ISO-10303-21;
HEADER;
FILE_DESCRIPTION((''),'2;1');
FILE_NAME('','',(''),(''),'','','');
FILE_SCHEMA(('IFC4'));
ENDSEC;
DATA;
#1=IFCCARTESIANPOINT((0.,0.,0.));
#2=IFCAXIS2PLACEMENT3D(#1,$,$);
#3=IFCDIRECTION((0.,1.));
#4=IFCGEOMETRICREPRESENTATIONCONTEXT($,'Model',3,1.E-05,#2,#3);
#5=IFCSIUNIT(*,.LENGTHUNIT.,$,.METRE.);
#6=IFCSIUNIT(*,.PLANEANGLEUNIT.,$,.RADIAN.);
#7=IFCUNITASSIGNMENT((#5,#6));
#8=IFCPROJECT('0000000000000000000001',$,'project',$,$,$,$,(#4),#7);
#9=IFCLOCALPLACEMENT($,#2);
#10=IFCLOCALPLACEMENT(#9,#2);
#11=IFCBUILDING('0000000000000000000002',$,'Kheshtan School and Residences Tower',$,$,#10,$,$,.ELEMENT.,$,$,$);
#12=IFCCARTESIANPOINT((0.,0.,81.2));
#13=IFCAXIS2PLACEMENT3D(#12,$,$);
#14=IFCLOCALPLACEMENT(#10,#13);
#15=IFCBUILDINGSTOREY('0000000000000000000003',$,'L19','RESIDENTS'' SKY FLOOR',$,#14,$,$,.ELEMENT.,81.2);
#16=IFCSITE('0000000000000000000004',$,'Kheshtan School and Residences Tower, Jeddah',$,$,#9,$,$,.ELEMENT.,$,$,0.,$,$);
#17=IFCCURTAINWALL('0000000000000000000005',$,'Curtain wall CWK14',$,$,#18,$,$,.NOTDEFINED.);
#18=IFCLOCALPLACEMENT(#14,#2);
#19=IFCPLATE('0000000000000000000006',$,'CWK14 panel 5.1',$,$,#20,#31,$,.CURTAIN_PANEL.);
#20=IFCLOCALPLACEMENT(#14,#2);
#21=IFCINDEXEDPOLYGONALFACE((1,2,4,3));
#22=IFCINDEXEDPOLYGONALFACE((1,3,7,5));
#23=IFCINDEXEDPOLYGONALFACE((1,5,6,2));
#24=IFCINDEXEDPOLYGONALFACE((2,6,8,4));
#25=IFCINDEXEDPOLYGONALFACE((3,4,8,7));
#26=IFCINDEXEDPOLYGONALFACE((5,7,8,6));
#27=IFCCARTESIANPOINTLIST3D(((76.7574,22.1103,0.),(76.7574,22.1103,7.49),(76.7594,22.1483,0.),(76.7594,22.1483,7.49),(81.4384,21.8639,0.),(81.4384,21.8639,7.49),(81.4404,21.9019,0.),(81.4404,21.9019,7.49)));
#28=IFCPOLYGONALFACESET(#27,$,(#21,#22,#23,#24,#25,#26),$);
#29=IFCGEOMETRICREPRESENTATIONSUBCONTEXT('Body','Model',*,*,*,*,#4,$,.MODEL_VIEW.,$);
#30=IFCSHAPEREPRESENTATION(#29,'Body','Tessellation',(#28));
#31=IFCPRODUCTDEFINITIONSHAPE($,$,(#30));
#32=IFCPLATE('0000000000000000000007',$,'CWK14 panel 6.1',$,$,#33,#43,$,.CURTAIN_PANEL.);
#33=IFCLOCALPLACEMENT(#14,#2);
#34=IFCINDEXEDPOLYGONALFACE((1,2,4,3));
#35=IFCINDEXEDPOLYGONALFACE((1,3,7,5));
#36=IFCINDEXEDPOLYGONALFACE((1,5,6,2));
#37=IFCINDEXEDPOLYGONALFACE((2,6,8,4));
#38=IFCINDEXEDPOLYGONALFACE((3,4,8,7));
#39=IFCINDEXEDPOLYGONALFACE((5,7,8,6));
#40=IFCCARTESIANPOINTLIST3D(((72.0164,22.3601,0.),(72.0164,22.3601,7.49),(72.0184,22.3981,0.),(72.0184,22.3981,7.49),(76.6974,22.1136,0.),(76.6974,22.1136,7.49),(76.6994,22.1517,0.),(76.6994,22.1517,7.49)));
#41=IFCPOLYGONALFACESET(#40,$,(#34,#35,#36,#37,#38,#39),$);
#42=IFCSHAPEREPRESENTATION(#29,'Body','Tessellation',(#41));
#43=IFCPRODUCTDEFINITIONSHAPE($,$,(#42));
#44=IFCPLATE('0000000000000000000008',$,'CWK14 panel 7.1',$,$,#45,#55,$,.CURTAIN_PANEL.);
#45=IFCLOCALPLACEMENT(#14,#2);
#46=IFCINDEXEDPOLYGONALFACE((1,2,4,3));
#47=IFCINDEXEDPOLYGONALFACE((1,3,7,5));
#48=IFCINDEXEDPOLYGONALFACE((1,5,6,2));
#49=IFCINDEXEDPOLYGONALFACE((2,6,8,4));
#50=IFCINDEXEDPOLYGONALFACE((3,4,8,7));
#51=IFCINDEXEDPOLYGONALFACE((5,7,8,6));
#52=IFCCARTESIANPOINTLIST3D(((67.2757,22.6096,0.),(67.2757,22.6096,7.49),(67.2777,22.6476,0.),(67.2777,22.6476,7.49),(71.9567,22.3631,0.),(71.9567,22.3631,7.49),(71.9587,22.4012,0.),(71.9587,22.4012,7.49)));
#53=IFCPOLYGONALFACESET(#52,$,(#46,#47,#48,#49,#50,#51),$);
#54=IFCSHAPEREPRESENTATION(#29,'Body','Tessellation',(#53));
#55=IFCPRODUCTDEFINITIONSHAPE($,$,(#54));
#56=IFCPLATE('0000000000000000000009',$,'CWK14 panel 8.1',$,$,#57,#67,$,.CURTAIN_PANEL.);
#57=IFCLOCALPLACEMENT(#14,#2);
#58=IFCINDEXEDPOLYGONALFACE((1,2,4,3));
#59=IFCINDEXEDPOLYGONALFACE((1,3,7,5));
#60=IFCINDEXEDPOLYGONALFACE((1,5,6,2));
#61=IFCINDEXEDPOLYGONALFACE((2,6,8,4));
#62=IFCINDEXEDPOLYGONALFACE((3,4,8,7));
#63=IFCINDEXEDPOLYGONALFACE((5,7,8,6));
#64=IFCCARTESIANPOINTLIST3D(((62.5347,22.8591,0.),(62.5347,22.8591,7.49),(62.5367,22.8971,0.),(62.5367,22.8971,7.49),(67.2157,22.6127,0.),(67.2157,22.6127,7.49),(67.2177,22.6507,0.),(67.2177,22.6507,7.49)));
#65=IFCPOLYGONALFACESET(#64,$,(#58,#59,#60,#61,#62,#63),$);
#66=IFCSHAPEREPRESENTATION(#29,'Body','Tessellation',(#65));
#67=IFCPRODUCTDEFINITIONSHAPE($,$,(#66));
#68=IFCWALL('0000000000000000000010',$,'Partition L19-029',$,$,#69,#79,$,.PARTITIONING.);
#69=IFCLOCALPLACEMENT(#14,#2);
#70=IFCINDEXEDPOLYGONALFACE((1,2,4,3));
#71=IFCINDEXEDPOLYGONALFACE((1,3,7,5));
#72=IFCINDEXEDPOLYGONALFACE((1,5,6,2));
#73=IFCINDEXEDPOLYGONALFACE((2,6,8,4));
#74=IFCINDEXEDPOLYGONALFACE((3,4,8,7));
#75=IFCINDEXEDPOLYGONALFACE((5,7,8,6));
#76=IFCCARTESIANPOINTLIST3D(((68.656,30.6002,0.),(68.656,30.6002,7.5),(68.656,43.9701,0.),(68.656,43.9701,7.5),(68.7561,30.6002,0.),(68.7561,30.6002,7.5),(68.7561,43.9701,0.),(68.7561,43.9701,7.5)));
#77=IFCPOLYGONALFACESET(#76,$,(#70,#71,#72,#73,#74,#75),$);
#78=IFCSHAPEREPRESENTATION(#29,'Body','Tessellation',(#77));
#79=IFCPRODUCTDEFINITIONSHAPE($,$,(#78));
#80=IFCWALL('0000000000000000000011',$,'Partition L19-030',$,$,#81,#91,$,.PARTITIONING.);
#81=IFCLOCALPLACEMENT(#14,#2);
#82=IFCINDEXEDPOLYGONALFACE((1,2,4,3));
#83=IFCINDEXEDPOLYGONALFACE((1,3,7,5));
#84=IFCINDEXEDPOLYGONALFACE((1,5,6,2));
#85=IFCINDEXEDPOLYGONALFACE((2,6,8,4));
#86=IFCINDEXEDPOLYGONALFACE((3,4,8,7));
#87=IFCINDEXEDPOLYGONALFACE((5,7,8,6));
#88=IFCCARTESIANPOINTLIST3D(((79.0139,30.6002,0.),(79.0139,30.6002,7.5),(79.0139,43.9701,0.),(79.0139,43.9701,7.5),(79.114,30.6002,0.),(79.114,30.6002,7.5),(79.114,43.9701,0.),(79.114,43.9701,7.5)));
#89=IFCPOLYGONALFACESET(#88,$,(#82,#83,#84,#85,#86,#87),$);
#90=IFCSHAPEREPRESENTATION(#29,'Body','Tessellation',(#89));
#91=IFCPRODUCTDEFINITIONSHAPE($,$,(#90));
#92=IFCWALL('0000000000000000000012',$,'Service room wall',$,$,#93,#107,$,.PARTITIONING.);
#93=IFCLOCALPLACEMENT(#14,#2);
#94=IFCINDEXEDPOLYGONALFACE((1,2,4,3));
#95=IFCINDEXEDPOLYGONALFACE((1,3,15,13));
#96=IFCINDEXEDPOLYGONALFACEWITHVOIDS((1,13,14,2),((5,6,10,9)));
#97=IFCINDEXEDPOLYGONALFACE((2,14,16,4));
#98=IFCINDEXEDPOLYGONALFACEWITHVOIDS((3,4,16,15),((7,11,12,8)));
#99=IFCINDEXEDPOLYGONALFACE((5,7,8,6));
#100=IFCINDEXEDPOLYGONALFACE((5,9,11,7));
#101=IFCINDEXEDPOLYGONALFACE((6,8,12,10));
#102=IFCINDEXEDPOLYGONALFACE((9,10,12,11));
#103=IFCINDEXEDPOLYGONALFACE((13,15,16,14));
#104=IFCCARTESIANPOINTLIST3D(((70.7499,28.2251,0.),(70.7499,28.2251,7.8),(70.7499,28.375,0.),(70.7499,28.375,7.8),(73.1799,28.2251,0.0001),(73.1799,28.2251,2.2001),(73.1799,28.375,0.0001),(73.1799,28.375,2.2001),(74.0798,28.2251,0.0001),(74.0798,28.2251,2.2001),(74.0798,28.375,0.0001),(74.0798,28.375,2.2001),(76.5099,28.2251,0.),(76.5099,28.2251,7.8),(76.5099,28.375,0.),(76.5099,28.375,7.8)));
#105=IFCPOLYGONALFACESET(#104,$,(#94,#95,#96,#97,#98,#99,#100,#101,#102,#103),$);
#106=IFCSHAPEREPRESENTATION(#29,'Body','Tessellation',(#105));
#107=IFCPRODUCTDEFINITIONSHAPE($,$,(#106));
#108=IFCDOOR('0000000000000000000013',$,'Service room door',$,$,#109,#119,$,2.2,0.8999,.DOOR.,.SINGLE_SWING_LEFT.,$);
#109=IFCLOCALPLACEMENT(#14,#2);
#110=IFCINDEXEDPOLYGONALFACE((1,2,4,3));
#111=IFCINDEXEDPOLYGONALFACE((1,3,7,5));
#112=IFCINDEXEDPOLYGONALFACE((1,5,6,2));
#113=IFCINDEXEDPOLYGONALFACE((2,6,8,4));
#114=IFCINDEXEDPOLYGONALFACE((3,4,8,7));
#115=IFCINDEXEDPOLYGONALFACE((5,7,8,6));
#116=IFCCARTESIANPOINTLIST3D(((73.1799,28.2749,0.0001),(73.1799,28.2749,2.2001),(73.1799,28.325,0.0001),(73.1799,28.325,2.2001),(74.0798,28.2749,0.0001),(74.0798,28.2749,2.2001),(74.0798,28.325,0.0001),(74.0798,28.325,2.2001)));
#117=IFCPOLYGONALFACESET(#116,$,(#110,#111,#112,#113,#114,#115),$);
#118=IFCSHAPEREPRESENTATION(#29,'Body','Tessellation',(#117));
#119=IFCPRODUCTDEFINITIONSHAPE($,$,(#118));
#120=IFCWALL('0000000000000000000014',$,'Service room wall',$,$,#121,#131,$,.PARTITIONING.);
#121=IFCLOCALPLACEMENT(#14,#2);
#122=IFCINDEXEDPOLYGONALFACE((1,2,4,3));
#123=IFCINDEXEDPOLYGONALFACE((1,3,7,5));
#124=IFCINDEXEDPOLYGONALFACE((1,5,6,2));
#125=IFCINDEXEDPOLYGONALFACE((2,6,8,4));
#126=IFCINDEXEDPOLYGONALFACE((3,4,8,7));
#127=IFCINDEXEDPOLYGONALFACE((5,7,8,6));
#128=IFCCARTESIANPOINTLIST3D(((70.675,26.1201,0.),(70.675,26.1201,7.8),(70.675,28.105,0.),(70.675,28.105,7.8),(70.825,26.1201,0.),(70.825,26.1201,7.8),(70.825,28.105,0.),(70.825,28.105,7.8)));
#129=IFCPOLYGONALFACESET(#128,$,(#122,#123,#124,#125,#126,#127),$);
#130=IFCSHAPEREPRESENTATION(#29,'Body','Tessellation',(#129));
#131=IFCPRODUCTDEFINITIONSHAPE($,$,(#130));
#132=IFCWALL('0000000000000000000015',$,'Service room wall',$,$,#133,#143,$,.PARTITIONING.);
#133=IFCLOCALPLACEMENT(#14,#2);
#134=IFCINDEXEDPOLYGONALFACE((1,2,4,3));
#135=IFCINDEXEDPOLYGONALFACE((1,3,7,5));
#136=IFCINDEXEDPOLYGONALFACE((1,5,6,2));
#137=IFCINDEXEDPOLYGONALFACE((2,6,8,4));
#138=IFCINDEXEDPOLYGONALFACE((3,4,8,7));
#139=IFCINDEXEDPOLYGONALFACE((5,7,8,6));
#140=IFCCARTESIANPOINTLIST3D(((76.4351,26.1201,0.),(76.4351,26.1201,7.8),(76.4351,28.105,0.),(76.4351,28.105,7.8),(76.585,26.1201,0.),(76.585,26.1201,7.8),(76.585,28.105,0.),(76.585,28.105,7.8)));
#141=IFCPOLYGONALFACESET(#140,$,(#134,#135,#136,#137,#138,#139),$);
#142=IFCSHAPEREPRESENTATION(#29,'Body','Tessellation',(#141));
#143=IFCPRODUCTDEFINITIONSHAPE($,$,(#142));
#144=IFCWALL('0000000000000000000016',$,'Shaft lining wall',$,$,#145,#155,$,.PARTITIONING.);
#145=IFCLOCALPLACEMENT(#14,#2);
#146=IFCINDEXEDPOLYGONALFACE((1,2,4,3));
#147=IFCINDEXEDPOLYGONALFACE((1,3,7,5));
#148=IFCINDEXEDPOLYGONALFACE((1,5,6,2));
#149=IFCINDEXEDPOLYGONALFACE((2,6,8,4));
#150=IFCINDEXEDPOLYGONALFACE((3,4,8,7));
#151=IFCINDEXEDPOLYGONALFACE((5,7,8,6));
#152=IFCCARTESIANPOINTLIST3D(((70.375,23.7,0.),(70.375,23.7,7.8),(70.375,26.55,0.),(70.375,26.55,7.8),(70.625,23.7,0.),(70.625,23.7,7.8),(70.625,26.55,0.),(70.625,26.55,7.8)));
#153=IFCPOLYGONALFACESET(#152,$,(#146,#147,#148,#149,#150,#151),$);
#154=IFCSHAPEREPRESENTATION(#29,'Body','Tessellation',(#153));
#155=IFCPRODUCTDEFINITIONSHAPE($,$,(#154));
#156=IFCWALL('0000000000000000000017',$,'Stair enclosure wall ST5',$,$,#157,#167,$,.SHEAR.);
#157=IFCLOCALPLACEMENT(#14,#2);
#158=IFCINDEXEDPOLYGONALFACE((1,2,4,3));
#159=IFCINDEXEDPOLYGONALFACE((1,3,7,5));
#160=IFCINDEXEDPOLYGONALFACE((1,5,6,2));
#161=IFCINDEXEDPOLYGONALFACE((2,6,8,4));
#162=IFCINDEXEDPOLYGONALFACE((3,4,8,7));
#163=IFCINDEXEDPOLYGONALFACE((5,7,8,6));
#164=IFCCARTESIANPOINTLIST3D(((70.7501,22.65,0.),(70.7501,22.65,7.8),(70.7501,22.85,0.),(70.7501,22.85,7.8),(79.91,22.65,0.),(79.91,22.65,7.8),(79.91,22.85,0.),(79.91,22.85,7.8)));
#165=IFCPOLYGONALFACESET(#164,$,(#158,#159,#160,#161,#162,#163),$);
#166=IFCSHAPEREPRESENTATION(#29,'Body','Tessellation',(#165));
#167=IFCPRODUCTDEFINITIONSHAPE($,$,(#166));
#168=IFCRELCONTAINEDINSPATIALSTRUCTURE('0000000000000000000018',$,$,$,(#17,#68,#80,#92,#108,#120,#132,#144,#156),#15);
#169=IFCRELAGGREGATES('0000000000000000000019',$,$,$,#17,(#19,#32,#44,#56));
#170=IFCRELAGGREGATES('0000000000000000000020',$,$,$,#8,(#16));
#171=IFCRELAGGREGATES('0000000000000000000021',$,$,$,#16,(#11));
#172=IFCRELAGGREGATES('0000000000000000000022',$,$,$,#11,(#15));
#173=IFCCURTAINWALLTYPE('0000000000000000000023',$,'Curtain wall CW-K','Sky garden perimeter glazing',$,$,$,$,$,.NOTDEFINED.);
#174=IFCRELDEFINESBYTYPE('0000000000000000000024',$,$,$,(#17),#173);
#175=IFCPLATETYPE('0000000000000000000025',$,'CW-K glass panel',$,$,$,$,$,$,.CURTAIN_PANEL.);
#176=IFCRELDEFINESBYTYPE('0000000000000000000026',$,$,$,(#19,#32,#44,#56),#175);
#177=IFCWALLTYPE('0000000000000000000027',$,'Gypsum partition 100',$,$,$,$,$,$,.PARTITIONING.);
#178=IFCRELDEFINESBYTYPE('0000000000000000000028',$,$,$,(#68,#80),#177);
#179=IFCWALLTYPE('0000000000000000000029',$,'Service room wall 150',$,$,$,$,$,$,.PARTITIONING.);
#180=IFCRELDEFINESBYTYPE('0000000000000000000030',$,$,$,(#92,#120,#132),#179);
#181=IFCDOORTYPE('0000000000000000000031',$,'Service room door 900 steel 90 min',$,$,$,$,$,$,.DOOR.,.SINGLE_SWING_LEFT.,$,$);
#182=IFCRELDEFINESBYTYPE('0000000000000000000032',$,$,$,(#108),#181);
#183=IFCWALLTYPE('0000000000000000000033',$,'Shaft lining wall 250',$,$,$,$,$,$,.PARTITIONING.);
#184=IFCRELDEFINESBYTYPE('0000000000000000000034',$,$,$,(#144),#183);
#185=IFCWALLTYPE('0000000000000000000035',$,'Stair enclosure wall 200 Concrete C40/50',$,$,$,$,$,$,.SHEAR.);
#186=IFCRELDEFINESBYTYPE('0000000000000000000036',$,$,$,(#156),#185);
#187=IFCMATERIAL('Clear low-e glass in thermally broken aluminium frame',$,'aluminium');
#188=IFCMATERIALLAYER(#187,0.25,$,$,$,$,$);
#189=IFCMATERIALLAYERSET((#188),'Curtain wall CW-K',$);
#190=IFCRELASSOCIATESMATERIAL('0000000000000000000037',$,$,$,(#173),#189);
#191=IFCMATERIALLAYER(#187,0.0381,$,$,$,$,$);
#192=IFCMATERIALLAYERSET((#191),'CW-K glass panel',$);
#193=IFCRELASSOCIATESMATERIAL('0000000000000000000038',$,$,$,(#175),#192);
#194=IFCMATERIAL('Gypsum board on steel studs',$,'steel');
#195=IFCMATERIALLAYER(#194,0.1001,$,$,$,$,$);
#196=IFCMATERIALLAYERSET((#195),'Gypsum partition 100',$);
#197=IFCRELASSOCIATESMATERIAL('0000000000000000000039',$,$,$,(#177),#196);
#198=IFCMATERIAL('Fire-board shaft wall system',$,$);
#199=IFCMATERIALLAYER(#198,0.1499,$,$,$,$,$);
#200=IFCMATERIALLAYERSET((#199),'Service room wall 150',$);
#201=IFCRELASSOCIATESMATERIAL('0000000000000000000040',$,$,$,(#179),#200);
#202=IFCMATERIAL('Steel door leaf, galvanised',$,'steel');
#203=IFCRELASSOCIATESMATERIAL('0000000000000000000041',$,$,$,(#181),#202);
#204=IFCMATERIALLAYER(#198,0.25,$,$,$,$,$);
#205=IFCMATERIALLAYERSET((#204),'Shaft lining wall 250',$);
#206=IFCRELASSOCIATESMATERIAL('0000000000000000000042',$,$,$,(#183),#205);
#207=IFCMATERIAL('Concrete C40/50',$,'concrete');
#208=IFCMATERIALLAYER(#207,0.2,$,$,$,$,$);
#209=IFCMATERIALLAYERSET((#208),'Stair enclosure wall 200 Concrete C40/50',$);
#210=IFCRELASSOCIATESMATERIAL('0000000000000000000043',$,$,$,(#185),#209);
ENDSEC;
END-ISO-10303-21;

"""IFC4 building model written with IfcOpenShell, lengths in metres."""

from ifc_helpers import new_model, si_unit, direction, frame, frame_2d, origin, origin_2d, place, context, subcontext, project, spatial, rectangle, extrude, source, transform, mapped, material, layer, layer_set, type_object, element, fill, aggregate, save


model = new_model("IFC4")

# Units and contexts
model_context = context("Model", 3, precision=1e-05, world=origin(), true_north=direction((0.0, 1.0)))
body_context = subcontext(model_context, "Body", "Model", "MODEL_VIEW")
ifc_project = project(units=[si_unit("LENGTHUNIT", "METRE"), si_unit("PLANEANGLEUNIT", "RADIAN")], contexts=[model_context])

# Site, building, storey
site_placement = place(None, origin())
site = spatial("IfcSite", under=ifc_project, at=site_placement, Name="Kheshtan School and Residences Tower, Jeddah", CompositionType="ELEMENT", RefElevation=0.0)
building_placement = place(site_placement, origin())
building = spatial("IfcBuilding", under=site, at=building_placement, Name="Kheshtan School and Residences Tower", CompositionType="ELEMENT")
storey_placement = place(building_placement, frame((0.0, 0.0, 81.2)))
storey = spatial("IfcBuildingStorey", under=building, at=storey_placement, Name="L19", Description="RESIDENTS' SKY FLOOR", CompositionType="ELEMENT", Elevation=81.2)

# Curtain wall, plates
ifc_material_1 = material(Name="Clear low-e glass in thermally broken aluminium frame", Category="aluminium")
ifc_layer_1 = layer(ifc_material_1, 0.25)
ifc_layer_set_1 = layer_set([ifc_layer_1], Name="Curtain wall CW-K")
curtain_wall_type = type_object("IfcCurtainWallType", Name="Curtain wall CW-K", Description="Sky garden perimeter glazing", PredefinedType="NOTDEFINED", material=ifc_layer_set_1)
curtain_wall_placement = place(storey_placement, origin())
curtain_wall = element("IfcCurtainWall", 1, at=curtain_wall_placement, inside=storey, type_object=curtain_wall_type, Name="Curtain wall CWK14", PredefinedType="NOTDEFINED")
ifc_layer_2 = layer(ifc_material_1, 0.0381)
ifc_layer_set_2 = layer_set([ifc_layer_2], Name="CW-K glass panel")
plate_type = type_object("IfcPlateType", Name="CW-K glass panel", PredefinedType="CURTAIN_PANEL", material=ifc_layer_set_2)
plate_1_placement = place(storey_placement, frame((79.0989, 22.0061, 0.0), z_axis=(0.0, 0.0, 1.0), x_axis=(-0.998617, 0.05257, 0.0)))
plate_1 = element("IfcPlate", 2, at=plate_1_placement, type_object=plate_type, Name="CWK14 panel 5.1", PredefinedType="CURTAIN_PANEL", context=body_context, shape_type="SweptSolid", body=[
    extrude(rectangle(XDim=4.6875, YDim=0.0381, at=origin_2d()), origin(), (0.0, 0.0, 1.0), 7.49),
])
plate_2_placement = place(storey_placement, frame((74.3579, 22.2559, 0.0), z_axis=(0.0, 0.0, 1.0), x_axis=(-0.998617, 0.05257, 0.0)))
plate_2 = element("IfcPlate", 3, at=plate_2_placement, type_object=plate_type, Name="CWK14 panel 6.1", PredefinedType="CURTAIN_PANEL", context=body_context, shape_type="SweptSolid", body=[
    extrude(rectangle(XDim=4.6875, YDim=0.0381, at=origin_2d()), origin(), (0.0, 0.0, 1.0), 7.49),
])
plate_3_placement = place(storey_placement, frame((69.6172, 22.5054, 0.0), z_axis=(0.0, 0.0, 1.0), x_axis=(-0.998617, 0.05257, 0.0)))
plate_3 = element("IfcPlate", 4, at=plate_3_placement, type_object=plate_type, Name="CWK14 panel 7.1", PredefinedType="CURTAIN_PANEL", context=body_context, shape_type="SweptSolid", body=[
    extrude(rectangle(XDim=4.6875, YDim=0.0381, at=origin_2d()), origin(), (0.0, 0.0, 1.0), 7.49),
])
plate_4_placement = place(storey_placement, frame((64.8762, 22.7549, 0.0), z_axis=(0.0, 0.0, 1.0), x_axis=(-0.998617, 0.05257, 0.0)))
plate_4 = element("IfcPlate", 5, at=plate_4_placement, type_object=plate_type, Name="CWK14 panel 8.1", PredefinedType="CURTAIN_PANEL", context=body_context, shape_type="SweptSolid", body=[
    extrude(rectangle(XDim=4.6875, YDim=0.0381, at=origin_2d()), origin(), (0.0, 0.0, 1.0), 7.49),
])
aggregate(curtain_wall, [plate_1, plate_2, plate_3, plate_4])

# Walls
ifc_material_2 = material(Name="Gypsum board on steel studs", Category="steel")
ifc_layer_3 = layer(ifc_material_2, 0.1001)
ifc_layer_set_3 = layer_set([ifc_layer_3], Name="Gypsum partition 100")
wall_type_1 = type_object("IfcWallType", Name="Gypsum partition 100", PredefinedType="PARTITIONING", material=ifc_layer_set_3)
for number, where, z_axis, x_axis, name in (
    (6, (68.7061, 30.6001, 0.0), (0.0, 0.0, 1.0), (0.0, 1.0, 0.0), "Partition L19-029"),
    (7, (79.064, 30.6001, 0.0), (0.0, 0.0, 1.0), (0.0, 1.0, 0.0), "Partition L19-030"),
):
    element("IfcWall", number, at=place(storey_placement, frame(where, z_axis=z_axis, x_axis=x_axis)), inside=storey, type_object=wall_type_1, Name=name, PredefinedType="PARTITIONING", context=body_context, shape_type="SweptSolid", body=[
        extrude(rectangle(XDim=13.3699, YDim=0.1001, at=frame_2d((6.6851, 0.0))), origin(), (0.0, 0.0, 1.0), 7.5),
    ])

# Wall, opening, door
ifc_material_3 = material(Name="Fire-board shaft wall system")
ifc_layer_4 = layer(ifc_material_3, 0.1499)
ifc_layer_set_4 = layer_set([ifc_layer_4], Name="Service room wall 150")
wall_type_2 = type_object("IfcWallType", Name="Service room wall 150", PredefinedType="PARTITIONING", material=ifc_layer_set_4)
wall_1_placement = place(storey_placement, frame((70.75, 28.3, 0.0), z_axis=(0.0, 0.0, 1.0), x_axis=(1.0, 0.0, 0.0)))
wall_1 = element("IfcWall", 8, at=wall_1_placement, inside=storey, type_object=wall_type_2, Name="Service room wall", PredefinedType="PARTITIONING", context=body_context, shape_type="SweptSolid", body=[
    extrude(rectangle(XDim=5.76, YDim=0.1499, at=frame_2d((2.8799, 0.0))), origin(), (0.0, 0.0, 1.0), 7.8),
])
opening_1_placement = place(wall_1_placement, frame((2.4299, 0.0, 0.0)))
opening_1 = element("IfcOpeningElement", 9, at=opening_1_placement, cuts=wall_1, PredefinedType="OPENING", context=body_context, shape_type="SweptSolid", body=[
    extrude(rectangle(XDim=0.8999, YDim=2.2, at=frame_2d((0.45, 1.1001))), frame((0.0, 0.085, 0.0), z_axis=(0.0, -1.0, 0.0), x_axis=(1.0, 0.0, 0.0)), (0.0, 0.0, 1.0), 0.1699),
])
ifc_material_4 = material(Name="Steel door leaf, galvanised", Category="steel")
door_type_1 = type_object("IfcDoorType", Name="Service room door 900 steel 90 min", OperationType="SINGLE_SWING_LEFT", PredefinedType="DOOR", material=ifc_material_4)
shared_shape_1 = source(origin(), body_context, "Body", "SweptSolid", [
    extrude(rectangle(XDim=0.8999, YDim=2.2, at=frame_2d((0.45, 1.1001))), frame((0.0, 0.0249, 0.0), z_axis=(0.0, -1.0, 0.0), x_axis=(1.0, 0.0, 0.0)), (0.0, 0.0, 1.0), 0.05),
])
door_1_placement = place(opening_1_placement, origin())
door_1 = element("IfcDoor", 10, at=door_1_placement, inside=storey, type_object=door_type_1, Name="Service room door", OperationType="SINGLE_SWING_LEFT", OverallHeight=2.2, OverallWidth=0.8999, PredefinedType="DOOR", context=body_context, shape_type="MappedRepresentation", body=[
    mapped(shared_shape_1, transform((0.0, 0.0, 0.0), x_axis=(1.0, 0.0, 0.0), y_axis=(0.0, 1.0, 0.0), z_axis=(0.0, 0.0, 1.0), scale=1.0)),
])
fill(opening_1, door_1)

# Walls
for number, where, z_axis, x_axis, name in (
    (11, (70.75, 26.1201, 0.0), (0.0, 0.0, 1.0), (0.0, 1.0, 0.0), "Service room wall"),
    (12, (76.51, 26.1201, 0.0), (0.0, 0.0, 1.0), (0.0, 1.0, 0.0), "Service room wall"),
):
    element("IfcWall", number, at=place(storey_placement, frame(where, z_axis=z_axis, x_axis=x_axis)), inside=storey, type_object=wall_type_2, Name=name, PredefinedType="PARTITIONING", context=body_context, shape_type="SweptSolid", body=[
        extrude(rectangle(XDim=1.9849, YDim=0.1499, at=frame_2d((0.9924, 0.0))), origin(), (0.0, 0.0, 1.0), 7.8),
    ])
ifc_layer_5 = layer(ifc_material_3, 0.25)
ifc_layer_set_5 = layer_set([ifc_layer_5], Name="Shaft lining wall 250")
wall_type_3 = type_object("IfcWallType", Name="Shaft lining wall 250", PredefinedType="PARTITIONING", material=ifc_layer_set_5)
wall_2_placement = place(storey_placement, frame((70.5, 23.7, 0.0), z_axis=(0.0, 0.0, 1.0), x_axis=(0.0, 1.0, 0.0)))
element("IfcWall", 13, at=wall_2_placement, inside=storey, type_object=wall_type_3, Name="Shaft lining wall", PredefinedType="PARTITIONING", context=body_context, shape_type="SweptSolid", body=[
    extrude(rectangle(XDim=2.8501, YDim=0.25, at=frame_2d((1.425, 0.0))), origin(), (0.0, 0.0, 1.0), 7.8),
])
ifc_material_5 = material(Name="Concrete C40/50", Category="concrete")
ifc_layer_6 = layer(ifc_material_5, 0.2)
ifc_layer_set_6 = layer_set([ifc_layer_6], Name="Stair enclosure wall 200 Concrete C40/50")
wall_type_4 = type_object("IfcWallType", Name="Stair enclosure wall 200 Concrete C40/50", PredefinedType="SHEAR", material=ifc_layer_set_6)
wall_3_placement = place(storey_placement, frame((70.75, 22.75, 0.0), z_axis=(0.0, 0.0, 1.0), x_axis=(1.0, 0.0, 0.0)))
element("IfcWall", 14, at=wall_3_placement, inside=storey, type_object=wall_type_4, Name="Stair enclosure wall ST5", PredefinedType="SHEAR", context=body_context, shape_type="SweptSolid", body=[
    extrude(rectangle(XDim=9.1599, YDim=0.2, at=frame_2d((4.5801, 0.0))), origin(), (0.0, 0.0, 1.0), 7.8),
])

save(model, "model.ifc")
